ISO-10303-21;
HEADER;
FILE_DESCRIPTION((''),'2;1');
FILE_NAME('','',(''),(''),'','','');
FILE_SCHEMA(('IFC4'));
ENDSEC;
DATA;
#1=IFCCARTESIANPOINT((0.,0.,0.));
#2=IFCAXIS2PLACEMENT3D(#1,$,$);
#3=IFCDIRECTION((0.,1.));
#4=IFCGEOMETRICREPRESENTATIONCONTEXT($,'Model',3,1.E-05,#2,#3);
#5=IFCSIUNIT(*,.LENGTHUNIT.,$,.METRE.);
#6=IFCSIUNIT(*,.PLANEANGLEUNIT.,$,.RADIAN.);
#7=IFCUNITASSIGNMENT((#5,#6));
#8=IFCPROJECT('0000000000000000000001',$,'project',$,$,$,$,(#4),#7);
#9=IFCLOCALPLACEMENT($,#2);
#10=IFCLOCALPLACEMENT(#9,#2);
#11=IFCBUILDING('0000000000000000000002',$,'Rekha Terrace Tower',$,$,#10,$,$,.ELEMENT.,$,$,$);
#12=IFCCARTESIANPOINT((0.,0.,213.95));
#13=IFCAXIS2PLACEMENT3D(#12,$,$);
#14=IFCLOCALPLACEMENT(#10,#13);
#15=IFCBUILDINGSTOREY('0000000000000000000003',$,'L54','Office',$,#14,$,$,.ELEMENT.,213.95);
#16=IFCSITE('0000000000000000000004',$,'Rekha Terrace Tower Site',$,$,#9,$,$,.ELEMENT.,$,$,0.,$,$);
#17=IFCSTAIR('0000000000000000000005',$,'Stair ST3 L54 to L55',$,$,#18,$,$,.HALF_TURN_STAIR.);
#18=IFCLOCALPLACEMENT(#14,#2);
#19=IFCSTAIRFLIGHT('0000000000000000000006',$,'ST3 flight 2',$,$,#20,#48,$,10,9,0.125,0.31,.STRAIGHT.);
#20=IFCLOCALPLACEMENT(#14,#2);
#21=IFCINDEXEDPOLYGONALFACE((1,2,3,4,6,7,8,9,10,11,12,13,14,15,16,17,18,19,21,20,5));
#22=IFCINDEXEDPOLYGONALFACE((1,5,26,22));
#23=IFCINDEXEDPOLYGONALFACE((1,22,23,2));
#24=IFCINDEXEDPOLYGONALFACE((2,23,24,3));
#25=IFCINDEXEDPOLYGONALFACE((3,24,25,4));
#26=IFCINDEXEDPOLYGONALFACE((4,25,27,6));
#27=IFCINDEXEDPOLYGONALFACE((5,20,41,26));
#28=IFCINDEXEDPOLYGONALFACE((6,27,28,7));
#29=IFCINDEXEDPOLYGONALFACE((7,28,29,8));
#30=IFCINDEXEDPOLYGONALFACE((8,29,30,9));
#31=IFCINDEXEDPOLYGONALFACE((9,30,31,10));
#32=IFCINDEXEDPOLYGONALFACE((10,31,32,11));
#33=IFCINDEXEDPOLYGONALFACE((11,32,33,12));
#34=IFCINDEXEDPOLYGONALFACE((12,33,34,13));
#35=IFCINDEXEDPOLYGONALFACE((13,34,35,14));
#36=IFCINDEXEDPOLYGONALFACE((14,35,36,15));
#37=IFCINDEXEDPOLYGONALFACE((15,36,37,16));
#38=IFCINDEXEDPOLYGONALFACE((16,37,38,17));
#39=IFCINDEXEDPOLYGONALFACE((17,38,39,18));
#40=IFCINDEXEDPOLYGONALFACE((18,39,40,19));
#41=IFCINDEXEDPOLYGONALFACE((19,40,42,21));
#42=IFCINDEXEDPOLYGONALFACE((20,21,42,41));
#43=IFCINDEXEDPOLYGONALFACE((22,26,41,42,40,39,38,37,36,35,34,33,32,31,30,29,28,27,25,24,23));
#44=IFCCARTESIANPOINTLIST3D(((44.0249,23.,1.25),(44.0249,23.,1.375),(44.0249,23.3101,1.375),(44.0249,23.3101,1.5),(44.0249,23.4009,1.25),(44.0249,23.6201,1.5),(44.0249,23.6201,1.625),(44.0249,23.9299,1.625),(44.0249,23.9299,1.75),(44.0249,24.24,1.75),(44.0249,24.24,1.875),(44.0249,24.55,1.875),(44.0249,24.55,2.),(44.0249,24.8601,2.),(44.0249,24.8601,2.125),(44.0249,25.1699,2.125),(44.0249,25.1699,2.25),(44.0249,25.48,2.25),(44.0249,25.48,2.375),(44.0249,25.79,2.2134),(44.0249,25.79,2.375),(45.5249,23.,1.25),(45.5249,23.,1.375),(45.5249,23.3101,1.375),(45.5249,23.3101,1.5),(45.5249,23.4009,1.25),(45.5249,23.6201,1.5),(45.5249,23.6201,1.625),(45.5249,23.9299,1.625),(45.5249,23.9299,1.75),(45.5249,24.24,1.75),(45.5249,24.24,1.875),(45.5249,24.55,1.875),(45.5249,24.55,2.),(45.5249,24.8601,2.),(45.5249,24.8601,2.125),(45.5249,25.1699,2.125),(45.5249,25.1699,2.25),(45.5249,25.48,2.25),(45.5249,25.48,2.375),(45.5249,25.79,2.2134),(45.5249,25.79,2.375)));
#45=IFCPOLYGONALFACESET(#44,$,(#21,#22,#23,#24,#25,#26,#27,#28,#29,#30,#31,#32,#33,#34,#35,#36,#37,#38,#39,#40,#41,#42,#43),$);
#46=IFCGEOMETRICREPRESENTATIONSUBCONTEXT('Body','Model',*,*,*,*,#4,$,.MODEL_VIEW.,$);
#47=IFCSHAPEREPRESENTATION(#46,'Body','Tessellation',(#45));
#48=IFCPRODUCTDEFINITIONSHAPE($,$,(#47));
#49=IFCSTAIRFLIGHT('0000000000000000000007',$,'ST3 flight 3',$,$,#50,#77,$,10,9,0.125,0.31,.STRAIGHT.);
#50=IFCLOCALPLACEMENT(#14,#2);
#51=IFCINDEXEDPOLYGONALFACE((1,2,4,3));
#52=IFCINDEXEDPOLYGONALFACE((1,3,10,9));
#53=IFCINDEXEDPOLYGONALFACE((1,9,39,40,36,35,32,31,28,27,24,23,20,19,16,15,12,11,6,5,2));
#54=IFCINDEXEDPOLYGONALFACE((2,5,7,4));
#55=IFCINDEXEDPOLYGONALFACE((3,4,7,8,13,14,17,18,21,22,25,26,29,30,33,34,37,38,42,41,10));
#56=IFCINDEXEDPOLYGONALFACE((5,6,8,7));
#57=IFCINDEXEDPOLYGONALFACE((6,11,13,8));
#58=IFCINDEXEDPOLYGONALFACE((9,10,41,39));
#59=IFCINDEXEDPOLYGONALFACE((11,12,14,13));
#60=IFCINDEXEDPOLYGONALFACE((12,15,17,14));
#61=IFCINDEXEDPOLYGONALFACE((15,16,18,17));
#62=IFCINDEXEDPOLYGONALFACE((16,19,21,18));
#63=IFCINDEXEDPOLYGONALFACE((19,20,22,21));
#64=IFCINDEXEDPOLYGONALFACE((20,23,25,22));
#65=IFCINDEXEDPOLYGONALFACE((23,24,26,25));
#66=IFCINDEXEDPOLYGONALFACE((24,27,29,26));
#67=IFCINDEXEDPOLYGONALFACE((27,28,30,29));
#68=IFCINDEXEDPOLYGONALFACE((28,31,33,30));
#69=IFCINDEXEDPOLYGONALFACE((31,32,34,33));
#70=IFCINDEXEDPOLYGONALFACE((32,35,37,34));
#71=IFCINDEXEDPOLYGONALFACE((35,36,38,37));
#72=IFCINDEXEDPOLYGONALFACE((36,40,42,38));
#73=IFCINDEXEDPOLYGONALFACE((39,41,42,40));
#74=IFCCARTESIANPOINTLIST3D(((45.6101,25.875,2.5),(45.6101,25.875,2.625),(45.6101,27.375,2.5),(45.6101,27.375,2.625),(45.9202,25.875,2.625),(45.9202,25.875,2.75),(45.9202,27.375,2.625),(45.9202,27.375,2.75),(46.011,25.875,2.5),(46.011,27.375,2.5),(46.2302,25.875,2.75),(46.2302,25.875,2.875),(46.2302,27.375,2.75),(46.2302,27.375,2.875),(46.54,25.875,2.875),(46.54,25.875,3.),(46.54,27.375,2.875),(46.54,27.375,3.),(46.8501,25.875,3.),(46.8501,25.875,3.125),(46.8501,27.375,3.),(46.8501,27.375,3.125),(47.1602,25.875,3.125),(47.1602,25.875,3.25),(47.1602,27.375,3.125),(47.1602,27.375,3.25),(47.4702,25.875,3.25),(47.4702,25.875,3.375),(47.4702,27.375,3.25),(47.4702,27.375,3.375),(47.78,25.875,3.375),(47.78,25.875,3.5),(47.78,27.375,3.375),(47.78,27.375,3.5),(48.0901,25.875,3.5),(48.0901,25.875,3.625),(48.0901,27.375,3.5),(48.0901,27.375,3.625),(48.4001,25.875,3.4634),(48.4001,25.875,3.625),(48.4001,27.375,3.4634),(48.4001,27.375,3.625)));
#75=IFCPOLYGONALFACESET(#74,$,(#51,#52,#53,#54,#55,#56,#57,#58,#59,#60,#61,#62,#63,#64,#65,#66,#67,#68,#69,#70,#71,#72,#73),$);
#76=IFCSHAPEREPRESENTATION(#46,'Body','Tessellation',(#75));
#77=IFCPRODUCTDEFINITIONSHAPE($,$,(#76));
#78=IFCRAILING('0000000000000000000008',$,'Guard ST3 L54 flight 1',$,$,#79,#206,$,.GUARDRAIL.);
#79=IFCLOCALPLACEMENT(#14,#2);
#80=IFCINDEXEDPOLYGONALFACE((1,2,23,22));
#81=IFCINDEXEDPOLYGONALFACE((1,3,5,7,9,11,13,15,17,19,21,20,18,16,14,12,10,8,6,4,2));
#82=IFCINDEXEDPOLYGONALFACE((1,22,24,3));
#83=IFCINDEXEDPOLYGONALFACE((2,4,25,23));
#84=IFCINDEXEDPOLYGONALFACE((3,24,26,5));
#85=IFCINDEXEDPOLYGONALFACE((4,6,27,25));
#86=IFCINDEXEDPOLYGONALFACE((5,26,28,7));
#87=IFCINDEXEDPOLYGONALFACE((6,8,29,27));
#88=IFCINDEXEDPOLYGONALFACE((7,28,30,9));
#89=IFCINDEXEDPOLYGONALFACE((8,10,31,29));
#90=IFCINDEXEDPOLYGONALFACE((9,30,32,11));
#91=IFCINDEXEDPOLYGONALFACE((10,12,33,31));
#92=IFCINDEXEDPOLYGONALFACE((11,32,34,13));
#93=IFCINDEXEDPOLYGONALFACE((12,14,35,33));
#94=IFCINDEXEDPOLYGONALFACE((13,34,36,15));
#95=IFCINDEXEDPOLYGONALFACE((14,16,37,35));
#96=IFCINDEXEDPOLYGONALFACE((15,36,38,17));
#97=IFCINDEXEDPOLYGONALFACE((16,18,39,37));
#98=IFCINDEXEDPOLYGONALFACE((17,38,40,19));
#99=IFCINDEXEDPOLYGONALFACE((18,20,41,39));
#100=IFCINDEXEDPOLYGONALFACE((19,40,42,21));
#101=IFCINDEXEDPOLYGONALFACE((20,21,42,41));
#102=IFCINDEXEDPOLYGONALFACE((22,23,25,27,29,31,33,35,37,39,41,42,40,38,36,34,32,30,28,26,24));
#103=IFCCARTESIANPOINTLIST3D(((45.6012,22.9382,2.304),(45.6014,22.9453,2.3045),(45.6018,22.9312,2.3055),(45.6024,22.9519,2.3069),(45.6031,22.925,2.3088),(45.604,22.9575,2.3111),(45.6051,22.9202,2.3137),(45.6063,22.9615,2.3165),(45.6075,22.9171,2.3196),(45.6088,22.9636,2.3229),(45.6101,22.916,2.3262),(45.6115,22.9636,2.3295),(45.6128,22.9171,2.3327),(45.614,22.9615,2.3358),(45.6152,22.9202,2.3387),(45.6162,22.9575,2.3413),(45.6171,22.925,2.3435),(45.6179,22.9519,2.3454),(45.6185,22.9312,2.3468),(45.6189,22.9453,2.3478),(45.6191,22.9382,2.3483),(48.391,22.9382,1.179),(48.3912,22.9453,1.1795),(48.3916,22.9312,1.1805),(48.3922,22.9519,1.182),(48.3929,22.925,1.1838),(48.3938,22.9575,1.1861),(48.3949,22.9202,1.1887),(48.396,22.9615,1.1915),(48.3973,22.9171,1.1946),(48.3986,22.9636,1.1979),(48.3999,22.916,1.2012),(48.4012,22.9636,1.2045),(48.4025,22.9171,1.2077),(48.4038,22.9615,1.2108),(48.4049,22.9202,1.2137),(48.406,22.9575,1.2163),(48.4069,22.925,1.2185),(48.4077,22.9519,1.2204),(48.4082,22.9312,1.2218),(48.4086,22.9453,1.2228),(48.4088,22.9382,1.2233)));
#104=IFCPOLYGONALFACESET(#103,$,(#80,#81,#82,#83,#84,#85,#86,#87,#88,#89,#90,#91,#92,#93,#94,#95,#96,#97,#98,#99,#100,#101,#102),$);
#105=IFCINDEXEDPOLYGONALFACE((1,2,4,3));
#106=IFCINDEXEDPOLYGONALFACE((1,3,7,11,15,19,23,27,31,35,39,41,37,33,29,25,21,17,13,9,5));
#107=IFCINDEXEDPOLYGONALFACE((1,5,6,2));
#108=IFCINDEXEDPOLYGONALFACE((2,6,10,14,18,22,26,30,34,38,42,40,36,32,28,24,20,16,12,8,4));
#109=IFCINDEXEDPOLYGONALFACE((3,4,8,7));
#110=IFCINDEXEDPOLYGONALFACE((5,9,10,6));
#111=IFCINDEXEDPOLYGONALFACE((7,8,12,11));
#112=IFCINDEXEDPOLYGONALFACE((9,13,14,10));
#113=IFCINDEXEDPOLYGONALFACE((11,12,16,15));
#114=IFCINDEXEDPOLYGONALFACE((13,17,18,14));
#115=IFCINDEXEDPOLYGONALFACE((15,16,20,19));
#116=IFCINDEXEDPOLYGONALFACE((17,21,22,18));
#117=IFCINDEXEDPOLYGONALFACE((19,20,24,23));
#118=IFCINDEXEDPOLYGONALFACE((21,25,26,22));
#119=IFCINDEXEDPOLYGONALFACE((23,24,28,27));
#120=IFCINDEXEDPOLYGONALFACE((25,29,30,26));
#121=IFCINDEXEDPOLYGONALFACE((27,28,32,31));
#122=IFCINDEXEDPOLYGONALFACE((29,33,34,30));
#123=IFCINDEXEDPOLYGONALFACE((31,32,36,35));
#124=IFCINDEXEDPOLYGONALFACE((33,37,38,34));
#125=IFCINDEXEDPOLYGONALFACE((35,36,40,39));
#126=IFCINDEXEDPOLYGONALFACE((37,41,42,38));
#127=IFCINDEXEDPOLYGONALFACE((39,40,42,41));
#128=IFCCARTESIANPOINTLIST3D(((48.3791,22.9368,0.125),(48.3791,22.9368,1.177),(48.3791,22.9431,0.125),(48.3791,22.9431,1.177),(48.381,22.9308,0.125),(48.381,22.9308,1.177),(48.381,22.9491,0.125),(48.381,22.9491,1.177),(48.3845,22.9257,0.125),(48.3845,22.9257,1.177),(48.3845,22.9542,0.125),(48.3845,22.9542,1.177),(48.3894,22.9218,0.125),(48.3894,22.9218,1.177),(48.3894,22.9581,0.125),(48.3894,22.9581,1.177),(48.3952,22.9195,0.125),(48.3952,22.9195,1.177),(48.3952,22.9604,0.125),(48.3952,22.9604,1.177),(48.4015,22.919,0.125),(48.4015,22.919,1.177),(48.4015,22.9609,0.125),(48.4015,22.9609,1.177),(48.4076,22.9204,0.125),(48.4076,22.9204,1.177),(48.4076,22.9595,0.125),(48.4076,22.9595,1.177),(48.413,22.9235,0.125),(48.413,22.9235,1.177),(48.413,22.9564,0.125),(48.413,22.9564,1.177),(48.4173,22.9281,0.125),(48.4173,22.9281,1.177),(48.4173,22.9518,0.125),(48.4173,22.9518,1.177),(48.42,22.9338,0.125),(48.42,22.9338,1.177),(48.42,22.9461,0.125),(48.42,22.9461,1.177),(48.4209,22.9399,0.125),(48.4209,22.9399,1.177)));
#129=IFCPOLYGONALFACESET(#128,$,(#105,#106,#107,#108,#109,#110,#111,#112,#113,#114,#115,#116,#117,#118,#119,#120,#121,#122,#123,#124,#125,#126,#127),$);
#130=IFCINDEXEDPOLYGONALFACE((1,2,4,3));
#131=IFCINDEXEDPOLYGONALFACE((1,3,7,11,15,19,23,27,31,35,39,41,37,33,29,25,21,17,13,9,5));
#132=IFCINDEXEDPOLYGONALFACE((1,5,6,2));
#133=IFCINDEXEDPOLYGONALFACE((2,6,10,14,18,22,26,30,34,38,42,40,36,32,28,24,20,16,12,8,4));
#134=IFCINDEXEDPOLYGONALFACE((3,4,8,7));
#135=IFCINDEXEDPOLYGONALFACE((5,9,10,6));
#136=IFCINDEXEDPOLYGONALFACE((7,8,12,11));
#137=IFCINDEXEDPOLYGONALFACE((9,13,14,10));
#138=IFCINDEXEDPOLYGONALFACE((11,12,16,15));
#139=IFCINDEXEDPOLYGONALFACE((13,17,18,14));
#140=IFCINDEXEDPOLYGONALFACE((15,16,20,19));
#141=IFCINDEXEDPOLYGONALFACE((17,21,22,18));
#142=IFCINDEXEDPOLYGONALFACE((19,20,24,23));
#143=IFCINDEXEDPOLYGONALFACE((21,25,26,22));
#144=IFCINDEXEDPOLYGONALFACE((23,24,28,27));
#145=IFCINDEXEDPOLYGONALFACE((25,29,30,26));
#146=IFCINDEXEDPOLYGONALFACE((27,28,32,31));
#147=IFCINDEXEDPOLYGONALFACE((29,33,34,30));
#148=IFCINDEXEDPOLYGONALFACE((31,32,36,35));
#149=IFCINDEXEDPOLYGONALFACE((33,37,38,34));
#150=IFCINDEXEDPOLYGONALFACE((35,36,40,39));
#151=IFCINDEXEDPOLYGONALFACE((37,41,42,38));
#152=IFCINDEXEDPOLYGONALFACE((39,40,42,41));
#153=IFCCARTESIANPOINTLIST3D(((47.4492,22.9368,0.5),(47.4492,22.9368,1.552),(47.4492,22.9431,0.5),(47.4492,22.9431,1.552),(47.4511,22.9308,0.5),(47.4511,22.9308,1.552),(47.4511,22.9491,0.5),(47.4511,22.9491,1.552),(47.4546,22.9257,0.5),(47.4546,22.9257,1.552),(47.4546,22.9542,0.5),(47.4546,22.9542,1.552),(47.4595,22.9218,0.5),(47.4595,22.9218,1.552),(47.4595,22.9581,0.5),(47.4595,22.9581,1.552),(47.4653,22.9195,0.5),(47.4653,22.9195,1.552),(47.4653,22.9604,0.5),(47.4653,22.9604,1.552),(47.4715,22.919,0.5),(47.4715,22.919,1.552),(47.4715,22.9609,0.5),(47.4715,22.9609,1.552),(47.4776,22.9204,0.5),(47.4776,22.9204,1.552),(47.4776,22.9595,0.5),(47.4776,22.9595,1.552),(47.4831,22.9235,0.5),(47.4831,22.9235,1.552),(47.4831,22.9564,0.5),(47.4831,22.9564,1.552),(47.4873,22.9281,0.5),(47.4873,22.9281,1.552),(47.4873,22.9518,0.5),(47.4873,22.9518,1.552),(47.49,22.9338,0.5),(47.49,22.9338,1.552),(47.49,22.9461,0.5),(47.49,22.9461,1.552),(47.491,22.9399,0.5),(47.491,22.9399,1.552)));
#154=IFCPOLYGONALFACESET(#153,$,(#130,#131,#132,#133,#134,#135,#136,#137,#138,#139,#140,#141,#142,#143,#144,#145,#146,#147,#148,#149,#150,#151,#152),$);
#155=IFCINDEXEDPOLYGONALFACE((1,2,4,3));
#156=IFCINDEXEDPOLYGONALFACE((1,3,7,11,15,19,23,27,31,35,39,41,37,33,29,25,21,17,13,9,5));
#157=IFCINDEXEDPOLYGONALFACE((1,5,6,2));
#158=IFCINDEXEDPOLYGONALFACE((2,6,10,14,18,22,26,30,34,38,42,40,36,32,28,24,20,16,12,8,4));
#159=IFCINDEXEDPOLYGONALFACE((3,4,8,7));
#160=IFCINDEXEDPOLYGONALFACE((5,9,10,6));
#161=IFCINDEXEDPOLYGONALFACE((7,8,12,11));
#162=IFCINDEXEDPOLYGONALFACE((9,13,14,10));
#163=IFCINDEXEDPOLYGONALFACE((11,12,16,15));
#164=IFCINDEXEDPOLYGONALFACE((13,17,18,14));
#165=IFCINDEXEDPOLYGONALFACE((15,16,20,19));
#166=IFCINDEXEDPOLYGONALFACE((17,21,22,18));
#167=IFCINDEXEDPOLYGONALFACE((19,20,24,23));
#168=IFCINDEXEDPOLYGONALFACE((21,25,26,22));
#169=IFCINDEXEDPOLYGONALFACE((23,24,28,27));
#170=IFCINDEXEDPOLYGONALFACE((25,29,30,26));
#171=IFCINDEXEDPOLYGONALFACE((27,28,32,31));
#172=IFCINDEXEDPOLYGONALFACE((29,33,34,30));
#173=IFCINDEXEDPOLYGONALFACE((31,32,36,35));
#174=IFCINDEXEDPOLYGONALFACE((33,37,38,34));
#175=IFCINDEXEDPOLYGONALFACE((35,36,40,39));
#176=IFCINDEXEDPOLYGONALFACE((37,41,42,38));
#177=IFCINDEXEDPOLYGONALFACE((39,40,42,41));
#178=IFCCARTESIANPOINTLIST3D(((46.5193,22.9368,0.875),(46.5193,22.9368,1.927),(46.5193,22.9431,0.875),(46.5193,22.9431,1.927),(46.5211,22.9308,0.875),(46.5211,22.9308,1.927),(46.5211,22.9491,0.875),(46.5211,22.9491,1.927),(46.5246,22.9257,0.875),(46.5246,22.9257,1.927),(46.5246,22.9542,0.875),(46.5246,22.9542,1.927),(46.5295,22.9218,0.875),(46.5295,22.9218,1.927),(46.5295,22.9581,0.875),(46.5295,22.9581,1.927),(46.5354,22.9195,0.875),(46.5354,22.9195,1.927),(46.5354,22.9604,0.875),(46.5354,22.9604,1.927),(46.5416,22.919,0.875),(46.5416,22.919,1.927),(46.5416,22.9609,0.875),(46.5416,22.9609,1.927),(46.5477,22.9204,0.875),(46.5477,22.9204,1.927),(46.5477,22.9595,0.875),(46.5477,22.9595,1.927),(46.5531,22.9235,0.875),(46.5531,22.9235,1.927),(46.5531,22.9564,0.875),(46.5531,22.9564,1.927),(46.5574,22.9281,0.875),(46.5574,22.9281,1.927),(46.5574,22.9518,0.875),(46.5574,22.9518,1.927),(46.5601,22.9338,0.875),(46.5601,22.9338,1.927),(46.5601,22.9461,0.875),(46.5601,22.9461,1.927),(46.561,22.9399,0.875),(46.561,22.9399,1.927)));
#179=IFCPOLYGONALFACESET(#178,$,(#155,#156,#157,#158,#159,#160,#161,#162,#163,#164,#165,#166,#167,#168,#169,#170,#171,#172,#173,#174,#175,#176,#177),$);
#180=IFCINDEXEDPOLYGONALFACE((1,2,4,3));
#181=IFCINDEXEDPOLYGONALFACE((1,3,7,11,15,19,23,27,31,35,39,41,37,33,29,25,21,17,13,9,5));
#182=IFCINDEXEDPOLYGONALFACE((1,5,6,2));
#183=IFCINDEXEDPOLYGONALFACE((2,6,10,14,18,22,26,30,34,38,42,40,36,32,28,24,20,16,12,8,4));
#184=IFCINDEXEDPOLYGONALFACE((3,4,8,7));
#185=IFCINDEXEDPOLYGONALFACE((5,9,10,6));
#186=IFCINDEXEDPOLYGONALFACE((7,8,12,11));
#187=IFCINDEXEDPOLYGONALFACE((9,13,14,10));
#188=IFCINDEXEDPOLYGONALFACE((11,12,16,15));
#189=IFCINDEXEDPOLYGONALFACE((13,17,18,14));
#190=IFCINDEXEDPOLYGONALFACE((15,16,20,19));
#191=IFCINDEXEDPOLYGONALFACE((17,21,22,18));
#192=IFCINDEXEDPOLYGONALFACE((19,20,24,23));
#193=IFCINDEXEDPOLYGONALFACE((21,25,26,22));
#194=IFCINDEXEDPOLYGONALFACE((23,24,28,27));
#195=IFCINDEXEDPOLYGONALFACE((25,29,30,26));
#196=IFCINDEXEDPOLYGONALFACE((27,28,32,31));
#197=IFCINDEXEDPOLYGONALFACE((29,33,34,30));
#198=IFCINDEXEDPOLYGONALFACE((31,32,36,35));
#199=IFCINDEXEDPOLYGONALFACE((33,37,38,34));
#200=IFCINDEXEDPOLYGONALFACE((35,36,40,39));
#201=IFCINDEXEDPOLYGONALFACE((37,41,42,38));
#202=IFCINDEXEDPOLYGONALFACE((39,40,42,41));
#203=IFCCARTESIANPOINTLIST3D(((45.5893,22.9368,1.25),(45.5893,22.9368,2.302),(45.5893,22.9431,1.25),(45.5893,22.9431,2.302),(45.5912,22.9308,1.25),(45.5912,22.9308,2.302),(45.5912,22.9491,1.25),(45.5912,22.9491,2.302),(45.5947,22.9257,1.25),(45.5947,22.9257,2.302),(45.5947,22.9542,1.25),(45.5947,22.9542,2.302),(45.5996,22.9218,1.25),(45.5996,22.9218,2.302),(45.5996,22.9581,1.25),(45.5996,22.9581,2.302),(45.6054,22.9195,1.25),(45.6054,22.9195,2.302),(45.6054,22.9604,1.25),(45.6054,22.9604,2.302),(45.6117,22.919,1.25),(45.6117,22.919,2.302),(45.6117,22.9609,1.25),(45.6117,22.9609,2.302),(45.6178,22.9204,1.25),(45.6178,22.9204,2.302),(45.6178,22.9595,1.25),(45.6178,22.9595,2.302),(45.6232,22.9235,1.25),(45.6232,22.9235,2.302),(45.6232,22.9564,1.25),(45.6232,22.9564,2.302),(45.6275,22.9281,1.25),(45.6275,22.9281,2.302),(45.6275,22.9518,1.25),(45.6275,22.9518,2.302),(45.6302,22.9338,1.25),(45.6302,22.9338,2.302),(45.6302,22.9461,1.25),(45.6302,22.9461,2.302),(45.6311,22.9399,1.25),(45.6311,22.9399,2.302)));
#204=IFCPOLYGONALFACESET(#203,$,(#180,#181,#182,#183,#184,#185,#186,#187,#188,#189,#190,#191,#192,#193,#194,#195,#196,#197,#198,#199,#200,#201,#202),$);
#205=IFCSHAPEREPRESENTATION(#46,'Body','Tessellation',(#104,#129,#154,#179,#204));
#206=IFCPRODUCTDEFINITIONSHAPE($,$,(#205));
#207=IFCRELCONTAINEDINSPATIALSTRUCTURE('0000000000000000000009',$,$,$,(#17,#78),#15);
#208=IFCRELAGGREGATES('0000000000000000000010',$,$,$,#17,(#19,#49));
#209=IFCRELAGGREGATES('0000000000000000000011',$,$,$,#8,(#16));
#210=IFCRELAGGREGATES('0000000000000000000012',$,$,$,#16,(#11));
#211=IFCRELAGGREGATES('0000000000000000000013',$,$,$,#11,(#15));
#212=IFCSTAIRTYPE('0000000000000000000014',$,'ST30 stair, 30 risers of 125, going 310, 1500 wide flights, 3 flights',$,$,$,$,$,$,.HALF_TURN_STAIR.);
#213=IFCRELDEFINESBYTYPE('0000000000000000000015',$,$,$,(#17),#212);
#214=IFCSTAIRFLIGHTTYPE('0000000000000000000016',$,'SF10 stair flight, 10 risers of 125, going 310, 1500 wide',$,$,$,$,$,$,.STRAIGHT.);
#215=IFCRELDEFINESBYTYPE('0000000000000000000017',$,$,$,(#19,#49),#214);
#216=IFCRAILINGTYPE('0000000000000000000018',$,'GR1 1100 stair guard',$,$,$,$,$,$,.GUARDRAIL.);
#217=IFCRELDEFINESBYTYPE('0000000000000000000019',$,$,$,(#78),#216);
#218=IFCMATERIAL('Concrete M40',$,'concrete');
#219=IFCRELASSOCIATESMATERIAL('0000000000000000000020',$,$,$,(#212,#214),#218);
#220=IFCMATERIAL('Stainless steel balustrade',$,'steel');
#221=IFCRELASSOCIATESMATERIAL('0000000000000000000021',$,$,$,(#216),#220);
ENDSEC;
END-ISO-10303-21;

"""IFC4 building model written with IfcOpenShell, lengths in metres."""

from ifc_helpers import new_model, si_unit, direction, frame, origin, origin_2d, place, context, subcontext, project, spatial, polyline, circle, outline, extrude, material, type_object, element, aggregate, save


model = new_model("IFC4")

# Units and contexts
model_context = context("Model", 3, precision=1e-05, world=origin(), true_north=direction((0.0, 1.0)))
body_context = subcontext(model_context, "Body", "Model", "MODEL_VIEW")
ifc_project = project(units=[si_unit("LENGTHUNIT", "METRE"), si_unit("PLANEANGLEUNIT", "RADIAN")], contexts=[model_context])

# Site, building, storey
site_placement = place(None, origin())
site = spatial("IfcSite", under=ifc_project, at=site_placement, Name="Rekha Terrace Tower Site", CompositionType="ELEMENT", RefElevation=0.0)
building_placement = place(site_placement, origin())
building = spatial("IfcBuilding", under=site, at=building_placement, Name="Rekha Terrace Tower", CompositionType="ELEMENT")
storey_placement = place(building_placement, frame((0.0, 0.0, 213.95)))
storey = spatial("IfcBuildingStorey", under=building, at=storey_placement, Name="L54", Description="Office", CompositionType="ELEMENT", Elevation=213.95)

# Stair, stair flights
ifc_material_1 = material(Name="Concrete M40", Category="concrete")
stair_type = type_object("IfcStairType", Name="ST30 stair, 30 risers of 125, going 310, 1500 wide flights, 3 flights", PredefinedType="HALF_TURN_STAIR", material=ifc_material_1)
stair_placement = place(storey_placement, origin())
stair = element("IfcStair", 1, at=stair_placement, inside=storey, type_object=stair_type, Name="Stair ST3 L54 to L55", PredefinedType="HALF_TURN_STAIR")
stair_flight_type = type_object("IfcStairFlightType", Name="SF10 stair flight, 10 risers of 125, going 310, 1500 wide", PredefinedType="STRAIGHT", material=ifc_material_1)
stair_flight_1_placement = place(storey_placement, frame((44.7749, 23.0, 1.25), z_axis=(0.0, 0.0, 1.0), x_axis=(0.0, 1.0, 0.0)))
stair_flight_1 = element("IfcStairFlight", 2, at=stair_flight_1_placement, type_object=stair_flight_type, Name="ST3 flight 2", NumberOfRisers=10, NumberOfTreads=9, PredefinedType="STRAIGHT", RiserHeight=0.125, TreadLength=0.31, context=body_context, shape_type="SweptSolid", body=[
    extrude(outline(polyline([(0.0, 0.0), (0.0, 0.125), (0.3101, 0.125), (0.3101, 0.25), (0.6201, 0.25), (0.6201, 0.375), (0.9299, 0.375), (0.9299, 0.5), (1.24, 0.5), (1.24, 0.625), (1.55, 0.625), (1.55, 0.75), (1.8601, 0.75), (1.8601, 0.875), (2.1699, 0.875), (2.1699, 1.0), (2.48, 1.0), (2.48, 1.125), (2.79, 1.125), (2.79, 1.25), (2.79, 0.9634), (0.4009, 0.0), (0.0, 0.0)])), frame((0.0, 0.75, 0.0), z_axis=(0.0, -1.0, 0.0), x_axis=(1.0, 0.0, 0.0)), (0.0, 0.0, 1.0), 1.5),
])
stair_flight_2_placement = place(storey_placement, frame((45.6101, 26.625, 2.5), z_axis=(0.0, 0.0, 1.0), x_axis=(1.0, 0.0, 0.0)))
stair_flight_2 = element("IfcStairFlight", 3, at=stair_flight_2_placement, type_object=stair_flight_type, Name="ST3 flight 3", NumberOfRisers=10, NumberOfTreads=9, PredefinedType="STRAIGHT", RiserHeight=0.125, TreadLength=0.31, context=body_context, shape_type="SweptSolid", body=[
    extrude(outline(polyline([(0.0, 0.0), (0.0, 0.125), (0.3101, 0.125), (0.3101, 0.25), (0.6201, 0.25), (0.6201, 0.375), (0.9299, 0.375), (0.9299, 0.5), (1.24, 0.5), (1.24, 0.625), (1.55, 0.625), (1.55, 0.75), (1.8601, 0.75), (1.8601, 0.875), (2.1699, 0.875), (2.1699, 1.0), (2.48, 1.0), (2.48, 1.125), (2.79, 1.125), (2.79, 1.25), (2.79, 0.9634), (0.4009, 0.0), (0.0, 0.0)])), frame((0.0, 0.75, 0.0), z_axis=(0.0, -1.0, 0.0), x_axis=(1.0, 0.0, 0.0)), (0.0, 0.0, 1.0), 1.5),
])
aggregate(stair, [stair_flight_1, stair_flight_2])

# Railing
ifc_material_2 = material(Name="Stainless steel balustrade", Category="steel")
railing_type_1 = type_object("IfcRailingType", Name="GR1 1100 stair guard", PredefinedType="GUARDRAIL", material=ifc_material_2)
railing_1_placement = place(storey_placement, frame((48.3999, 22.9399, 0.125)))
element("IfcRailing", 4, at=railing_1_placement, inside=storey, type_object=railing_type_1, Name="Guard ST3 L54 flight 1", PredefinedType="GUARDRAIL", context=body_context, shape_type="SweptSolid", body=[
    extrude(circle(Radius=0.0239, at=origin_2d()), frame((0.0, 0.0, 1.0762), z_axis=(-0.927432, 0.0, 0.373992), x_axis=(0.0, -1.0, 0.0)), (0.0, 0.0, 1.0), 3.0081),
    extrude(circle(Radius=0.021, at=origin_2d()), origin(), (0.0, 0.0, 1.0), 1.052),
    extrude(circle(Radius=0.021, at=origin_2d()), frame((-0.9299, 0.0, 0.375)), (0.0, 0.0, 1.0), 1.052),
    extrude(circle(Radius=0.021, at=origin_2d()), frame((-1.8599, 0.0, 0.75)), (0.0, 0.0, 1.0), 1.052),
    extrude(circle(Radius=0.021, at=origin_2d()), frame((-2.7898, 0.0, 1.125)), (0.0, 0.0, 1.0), 1.052),
])

save(model, "model.ifc")
